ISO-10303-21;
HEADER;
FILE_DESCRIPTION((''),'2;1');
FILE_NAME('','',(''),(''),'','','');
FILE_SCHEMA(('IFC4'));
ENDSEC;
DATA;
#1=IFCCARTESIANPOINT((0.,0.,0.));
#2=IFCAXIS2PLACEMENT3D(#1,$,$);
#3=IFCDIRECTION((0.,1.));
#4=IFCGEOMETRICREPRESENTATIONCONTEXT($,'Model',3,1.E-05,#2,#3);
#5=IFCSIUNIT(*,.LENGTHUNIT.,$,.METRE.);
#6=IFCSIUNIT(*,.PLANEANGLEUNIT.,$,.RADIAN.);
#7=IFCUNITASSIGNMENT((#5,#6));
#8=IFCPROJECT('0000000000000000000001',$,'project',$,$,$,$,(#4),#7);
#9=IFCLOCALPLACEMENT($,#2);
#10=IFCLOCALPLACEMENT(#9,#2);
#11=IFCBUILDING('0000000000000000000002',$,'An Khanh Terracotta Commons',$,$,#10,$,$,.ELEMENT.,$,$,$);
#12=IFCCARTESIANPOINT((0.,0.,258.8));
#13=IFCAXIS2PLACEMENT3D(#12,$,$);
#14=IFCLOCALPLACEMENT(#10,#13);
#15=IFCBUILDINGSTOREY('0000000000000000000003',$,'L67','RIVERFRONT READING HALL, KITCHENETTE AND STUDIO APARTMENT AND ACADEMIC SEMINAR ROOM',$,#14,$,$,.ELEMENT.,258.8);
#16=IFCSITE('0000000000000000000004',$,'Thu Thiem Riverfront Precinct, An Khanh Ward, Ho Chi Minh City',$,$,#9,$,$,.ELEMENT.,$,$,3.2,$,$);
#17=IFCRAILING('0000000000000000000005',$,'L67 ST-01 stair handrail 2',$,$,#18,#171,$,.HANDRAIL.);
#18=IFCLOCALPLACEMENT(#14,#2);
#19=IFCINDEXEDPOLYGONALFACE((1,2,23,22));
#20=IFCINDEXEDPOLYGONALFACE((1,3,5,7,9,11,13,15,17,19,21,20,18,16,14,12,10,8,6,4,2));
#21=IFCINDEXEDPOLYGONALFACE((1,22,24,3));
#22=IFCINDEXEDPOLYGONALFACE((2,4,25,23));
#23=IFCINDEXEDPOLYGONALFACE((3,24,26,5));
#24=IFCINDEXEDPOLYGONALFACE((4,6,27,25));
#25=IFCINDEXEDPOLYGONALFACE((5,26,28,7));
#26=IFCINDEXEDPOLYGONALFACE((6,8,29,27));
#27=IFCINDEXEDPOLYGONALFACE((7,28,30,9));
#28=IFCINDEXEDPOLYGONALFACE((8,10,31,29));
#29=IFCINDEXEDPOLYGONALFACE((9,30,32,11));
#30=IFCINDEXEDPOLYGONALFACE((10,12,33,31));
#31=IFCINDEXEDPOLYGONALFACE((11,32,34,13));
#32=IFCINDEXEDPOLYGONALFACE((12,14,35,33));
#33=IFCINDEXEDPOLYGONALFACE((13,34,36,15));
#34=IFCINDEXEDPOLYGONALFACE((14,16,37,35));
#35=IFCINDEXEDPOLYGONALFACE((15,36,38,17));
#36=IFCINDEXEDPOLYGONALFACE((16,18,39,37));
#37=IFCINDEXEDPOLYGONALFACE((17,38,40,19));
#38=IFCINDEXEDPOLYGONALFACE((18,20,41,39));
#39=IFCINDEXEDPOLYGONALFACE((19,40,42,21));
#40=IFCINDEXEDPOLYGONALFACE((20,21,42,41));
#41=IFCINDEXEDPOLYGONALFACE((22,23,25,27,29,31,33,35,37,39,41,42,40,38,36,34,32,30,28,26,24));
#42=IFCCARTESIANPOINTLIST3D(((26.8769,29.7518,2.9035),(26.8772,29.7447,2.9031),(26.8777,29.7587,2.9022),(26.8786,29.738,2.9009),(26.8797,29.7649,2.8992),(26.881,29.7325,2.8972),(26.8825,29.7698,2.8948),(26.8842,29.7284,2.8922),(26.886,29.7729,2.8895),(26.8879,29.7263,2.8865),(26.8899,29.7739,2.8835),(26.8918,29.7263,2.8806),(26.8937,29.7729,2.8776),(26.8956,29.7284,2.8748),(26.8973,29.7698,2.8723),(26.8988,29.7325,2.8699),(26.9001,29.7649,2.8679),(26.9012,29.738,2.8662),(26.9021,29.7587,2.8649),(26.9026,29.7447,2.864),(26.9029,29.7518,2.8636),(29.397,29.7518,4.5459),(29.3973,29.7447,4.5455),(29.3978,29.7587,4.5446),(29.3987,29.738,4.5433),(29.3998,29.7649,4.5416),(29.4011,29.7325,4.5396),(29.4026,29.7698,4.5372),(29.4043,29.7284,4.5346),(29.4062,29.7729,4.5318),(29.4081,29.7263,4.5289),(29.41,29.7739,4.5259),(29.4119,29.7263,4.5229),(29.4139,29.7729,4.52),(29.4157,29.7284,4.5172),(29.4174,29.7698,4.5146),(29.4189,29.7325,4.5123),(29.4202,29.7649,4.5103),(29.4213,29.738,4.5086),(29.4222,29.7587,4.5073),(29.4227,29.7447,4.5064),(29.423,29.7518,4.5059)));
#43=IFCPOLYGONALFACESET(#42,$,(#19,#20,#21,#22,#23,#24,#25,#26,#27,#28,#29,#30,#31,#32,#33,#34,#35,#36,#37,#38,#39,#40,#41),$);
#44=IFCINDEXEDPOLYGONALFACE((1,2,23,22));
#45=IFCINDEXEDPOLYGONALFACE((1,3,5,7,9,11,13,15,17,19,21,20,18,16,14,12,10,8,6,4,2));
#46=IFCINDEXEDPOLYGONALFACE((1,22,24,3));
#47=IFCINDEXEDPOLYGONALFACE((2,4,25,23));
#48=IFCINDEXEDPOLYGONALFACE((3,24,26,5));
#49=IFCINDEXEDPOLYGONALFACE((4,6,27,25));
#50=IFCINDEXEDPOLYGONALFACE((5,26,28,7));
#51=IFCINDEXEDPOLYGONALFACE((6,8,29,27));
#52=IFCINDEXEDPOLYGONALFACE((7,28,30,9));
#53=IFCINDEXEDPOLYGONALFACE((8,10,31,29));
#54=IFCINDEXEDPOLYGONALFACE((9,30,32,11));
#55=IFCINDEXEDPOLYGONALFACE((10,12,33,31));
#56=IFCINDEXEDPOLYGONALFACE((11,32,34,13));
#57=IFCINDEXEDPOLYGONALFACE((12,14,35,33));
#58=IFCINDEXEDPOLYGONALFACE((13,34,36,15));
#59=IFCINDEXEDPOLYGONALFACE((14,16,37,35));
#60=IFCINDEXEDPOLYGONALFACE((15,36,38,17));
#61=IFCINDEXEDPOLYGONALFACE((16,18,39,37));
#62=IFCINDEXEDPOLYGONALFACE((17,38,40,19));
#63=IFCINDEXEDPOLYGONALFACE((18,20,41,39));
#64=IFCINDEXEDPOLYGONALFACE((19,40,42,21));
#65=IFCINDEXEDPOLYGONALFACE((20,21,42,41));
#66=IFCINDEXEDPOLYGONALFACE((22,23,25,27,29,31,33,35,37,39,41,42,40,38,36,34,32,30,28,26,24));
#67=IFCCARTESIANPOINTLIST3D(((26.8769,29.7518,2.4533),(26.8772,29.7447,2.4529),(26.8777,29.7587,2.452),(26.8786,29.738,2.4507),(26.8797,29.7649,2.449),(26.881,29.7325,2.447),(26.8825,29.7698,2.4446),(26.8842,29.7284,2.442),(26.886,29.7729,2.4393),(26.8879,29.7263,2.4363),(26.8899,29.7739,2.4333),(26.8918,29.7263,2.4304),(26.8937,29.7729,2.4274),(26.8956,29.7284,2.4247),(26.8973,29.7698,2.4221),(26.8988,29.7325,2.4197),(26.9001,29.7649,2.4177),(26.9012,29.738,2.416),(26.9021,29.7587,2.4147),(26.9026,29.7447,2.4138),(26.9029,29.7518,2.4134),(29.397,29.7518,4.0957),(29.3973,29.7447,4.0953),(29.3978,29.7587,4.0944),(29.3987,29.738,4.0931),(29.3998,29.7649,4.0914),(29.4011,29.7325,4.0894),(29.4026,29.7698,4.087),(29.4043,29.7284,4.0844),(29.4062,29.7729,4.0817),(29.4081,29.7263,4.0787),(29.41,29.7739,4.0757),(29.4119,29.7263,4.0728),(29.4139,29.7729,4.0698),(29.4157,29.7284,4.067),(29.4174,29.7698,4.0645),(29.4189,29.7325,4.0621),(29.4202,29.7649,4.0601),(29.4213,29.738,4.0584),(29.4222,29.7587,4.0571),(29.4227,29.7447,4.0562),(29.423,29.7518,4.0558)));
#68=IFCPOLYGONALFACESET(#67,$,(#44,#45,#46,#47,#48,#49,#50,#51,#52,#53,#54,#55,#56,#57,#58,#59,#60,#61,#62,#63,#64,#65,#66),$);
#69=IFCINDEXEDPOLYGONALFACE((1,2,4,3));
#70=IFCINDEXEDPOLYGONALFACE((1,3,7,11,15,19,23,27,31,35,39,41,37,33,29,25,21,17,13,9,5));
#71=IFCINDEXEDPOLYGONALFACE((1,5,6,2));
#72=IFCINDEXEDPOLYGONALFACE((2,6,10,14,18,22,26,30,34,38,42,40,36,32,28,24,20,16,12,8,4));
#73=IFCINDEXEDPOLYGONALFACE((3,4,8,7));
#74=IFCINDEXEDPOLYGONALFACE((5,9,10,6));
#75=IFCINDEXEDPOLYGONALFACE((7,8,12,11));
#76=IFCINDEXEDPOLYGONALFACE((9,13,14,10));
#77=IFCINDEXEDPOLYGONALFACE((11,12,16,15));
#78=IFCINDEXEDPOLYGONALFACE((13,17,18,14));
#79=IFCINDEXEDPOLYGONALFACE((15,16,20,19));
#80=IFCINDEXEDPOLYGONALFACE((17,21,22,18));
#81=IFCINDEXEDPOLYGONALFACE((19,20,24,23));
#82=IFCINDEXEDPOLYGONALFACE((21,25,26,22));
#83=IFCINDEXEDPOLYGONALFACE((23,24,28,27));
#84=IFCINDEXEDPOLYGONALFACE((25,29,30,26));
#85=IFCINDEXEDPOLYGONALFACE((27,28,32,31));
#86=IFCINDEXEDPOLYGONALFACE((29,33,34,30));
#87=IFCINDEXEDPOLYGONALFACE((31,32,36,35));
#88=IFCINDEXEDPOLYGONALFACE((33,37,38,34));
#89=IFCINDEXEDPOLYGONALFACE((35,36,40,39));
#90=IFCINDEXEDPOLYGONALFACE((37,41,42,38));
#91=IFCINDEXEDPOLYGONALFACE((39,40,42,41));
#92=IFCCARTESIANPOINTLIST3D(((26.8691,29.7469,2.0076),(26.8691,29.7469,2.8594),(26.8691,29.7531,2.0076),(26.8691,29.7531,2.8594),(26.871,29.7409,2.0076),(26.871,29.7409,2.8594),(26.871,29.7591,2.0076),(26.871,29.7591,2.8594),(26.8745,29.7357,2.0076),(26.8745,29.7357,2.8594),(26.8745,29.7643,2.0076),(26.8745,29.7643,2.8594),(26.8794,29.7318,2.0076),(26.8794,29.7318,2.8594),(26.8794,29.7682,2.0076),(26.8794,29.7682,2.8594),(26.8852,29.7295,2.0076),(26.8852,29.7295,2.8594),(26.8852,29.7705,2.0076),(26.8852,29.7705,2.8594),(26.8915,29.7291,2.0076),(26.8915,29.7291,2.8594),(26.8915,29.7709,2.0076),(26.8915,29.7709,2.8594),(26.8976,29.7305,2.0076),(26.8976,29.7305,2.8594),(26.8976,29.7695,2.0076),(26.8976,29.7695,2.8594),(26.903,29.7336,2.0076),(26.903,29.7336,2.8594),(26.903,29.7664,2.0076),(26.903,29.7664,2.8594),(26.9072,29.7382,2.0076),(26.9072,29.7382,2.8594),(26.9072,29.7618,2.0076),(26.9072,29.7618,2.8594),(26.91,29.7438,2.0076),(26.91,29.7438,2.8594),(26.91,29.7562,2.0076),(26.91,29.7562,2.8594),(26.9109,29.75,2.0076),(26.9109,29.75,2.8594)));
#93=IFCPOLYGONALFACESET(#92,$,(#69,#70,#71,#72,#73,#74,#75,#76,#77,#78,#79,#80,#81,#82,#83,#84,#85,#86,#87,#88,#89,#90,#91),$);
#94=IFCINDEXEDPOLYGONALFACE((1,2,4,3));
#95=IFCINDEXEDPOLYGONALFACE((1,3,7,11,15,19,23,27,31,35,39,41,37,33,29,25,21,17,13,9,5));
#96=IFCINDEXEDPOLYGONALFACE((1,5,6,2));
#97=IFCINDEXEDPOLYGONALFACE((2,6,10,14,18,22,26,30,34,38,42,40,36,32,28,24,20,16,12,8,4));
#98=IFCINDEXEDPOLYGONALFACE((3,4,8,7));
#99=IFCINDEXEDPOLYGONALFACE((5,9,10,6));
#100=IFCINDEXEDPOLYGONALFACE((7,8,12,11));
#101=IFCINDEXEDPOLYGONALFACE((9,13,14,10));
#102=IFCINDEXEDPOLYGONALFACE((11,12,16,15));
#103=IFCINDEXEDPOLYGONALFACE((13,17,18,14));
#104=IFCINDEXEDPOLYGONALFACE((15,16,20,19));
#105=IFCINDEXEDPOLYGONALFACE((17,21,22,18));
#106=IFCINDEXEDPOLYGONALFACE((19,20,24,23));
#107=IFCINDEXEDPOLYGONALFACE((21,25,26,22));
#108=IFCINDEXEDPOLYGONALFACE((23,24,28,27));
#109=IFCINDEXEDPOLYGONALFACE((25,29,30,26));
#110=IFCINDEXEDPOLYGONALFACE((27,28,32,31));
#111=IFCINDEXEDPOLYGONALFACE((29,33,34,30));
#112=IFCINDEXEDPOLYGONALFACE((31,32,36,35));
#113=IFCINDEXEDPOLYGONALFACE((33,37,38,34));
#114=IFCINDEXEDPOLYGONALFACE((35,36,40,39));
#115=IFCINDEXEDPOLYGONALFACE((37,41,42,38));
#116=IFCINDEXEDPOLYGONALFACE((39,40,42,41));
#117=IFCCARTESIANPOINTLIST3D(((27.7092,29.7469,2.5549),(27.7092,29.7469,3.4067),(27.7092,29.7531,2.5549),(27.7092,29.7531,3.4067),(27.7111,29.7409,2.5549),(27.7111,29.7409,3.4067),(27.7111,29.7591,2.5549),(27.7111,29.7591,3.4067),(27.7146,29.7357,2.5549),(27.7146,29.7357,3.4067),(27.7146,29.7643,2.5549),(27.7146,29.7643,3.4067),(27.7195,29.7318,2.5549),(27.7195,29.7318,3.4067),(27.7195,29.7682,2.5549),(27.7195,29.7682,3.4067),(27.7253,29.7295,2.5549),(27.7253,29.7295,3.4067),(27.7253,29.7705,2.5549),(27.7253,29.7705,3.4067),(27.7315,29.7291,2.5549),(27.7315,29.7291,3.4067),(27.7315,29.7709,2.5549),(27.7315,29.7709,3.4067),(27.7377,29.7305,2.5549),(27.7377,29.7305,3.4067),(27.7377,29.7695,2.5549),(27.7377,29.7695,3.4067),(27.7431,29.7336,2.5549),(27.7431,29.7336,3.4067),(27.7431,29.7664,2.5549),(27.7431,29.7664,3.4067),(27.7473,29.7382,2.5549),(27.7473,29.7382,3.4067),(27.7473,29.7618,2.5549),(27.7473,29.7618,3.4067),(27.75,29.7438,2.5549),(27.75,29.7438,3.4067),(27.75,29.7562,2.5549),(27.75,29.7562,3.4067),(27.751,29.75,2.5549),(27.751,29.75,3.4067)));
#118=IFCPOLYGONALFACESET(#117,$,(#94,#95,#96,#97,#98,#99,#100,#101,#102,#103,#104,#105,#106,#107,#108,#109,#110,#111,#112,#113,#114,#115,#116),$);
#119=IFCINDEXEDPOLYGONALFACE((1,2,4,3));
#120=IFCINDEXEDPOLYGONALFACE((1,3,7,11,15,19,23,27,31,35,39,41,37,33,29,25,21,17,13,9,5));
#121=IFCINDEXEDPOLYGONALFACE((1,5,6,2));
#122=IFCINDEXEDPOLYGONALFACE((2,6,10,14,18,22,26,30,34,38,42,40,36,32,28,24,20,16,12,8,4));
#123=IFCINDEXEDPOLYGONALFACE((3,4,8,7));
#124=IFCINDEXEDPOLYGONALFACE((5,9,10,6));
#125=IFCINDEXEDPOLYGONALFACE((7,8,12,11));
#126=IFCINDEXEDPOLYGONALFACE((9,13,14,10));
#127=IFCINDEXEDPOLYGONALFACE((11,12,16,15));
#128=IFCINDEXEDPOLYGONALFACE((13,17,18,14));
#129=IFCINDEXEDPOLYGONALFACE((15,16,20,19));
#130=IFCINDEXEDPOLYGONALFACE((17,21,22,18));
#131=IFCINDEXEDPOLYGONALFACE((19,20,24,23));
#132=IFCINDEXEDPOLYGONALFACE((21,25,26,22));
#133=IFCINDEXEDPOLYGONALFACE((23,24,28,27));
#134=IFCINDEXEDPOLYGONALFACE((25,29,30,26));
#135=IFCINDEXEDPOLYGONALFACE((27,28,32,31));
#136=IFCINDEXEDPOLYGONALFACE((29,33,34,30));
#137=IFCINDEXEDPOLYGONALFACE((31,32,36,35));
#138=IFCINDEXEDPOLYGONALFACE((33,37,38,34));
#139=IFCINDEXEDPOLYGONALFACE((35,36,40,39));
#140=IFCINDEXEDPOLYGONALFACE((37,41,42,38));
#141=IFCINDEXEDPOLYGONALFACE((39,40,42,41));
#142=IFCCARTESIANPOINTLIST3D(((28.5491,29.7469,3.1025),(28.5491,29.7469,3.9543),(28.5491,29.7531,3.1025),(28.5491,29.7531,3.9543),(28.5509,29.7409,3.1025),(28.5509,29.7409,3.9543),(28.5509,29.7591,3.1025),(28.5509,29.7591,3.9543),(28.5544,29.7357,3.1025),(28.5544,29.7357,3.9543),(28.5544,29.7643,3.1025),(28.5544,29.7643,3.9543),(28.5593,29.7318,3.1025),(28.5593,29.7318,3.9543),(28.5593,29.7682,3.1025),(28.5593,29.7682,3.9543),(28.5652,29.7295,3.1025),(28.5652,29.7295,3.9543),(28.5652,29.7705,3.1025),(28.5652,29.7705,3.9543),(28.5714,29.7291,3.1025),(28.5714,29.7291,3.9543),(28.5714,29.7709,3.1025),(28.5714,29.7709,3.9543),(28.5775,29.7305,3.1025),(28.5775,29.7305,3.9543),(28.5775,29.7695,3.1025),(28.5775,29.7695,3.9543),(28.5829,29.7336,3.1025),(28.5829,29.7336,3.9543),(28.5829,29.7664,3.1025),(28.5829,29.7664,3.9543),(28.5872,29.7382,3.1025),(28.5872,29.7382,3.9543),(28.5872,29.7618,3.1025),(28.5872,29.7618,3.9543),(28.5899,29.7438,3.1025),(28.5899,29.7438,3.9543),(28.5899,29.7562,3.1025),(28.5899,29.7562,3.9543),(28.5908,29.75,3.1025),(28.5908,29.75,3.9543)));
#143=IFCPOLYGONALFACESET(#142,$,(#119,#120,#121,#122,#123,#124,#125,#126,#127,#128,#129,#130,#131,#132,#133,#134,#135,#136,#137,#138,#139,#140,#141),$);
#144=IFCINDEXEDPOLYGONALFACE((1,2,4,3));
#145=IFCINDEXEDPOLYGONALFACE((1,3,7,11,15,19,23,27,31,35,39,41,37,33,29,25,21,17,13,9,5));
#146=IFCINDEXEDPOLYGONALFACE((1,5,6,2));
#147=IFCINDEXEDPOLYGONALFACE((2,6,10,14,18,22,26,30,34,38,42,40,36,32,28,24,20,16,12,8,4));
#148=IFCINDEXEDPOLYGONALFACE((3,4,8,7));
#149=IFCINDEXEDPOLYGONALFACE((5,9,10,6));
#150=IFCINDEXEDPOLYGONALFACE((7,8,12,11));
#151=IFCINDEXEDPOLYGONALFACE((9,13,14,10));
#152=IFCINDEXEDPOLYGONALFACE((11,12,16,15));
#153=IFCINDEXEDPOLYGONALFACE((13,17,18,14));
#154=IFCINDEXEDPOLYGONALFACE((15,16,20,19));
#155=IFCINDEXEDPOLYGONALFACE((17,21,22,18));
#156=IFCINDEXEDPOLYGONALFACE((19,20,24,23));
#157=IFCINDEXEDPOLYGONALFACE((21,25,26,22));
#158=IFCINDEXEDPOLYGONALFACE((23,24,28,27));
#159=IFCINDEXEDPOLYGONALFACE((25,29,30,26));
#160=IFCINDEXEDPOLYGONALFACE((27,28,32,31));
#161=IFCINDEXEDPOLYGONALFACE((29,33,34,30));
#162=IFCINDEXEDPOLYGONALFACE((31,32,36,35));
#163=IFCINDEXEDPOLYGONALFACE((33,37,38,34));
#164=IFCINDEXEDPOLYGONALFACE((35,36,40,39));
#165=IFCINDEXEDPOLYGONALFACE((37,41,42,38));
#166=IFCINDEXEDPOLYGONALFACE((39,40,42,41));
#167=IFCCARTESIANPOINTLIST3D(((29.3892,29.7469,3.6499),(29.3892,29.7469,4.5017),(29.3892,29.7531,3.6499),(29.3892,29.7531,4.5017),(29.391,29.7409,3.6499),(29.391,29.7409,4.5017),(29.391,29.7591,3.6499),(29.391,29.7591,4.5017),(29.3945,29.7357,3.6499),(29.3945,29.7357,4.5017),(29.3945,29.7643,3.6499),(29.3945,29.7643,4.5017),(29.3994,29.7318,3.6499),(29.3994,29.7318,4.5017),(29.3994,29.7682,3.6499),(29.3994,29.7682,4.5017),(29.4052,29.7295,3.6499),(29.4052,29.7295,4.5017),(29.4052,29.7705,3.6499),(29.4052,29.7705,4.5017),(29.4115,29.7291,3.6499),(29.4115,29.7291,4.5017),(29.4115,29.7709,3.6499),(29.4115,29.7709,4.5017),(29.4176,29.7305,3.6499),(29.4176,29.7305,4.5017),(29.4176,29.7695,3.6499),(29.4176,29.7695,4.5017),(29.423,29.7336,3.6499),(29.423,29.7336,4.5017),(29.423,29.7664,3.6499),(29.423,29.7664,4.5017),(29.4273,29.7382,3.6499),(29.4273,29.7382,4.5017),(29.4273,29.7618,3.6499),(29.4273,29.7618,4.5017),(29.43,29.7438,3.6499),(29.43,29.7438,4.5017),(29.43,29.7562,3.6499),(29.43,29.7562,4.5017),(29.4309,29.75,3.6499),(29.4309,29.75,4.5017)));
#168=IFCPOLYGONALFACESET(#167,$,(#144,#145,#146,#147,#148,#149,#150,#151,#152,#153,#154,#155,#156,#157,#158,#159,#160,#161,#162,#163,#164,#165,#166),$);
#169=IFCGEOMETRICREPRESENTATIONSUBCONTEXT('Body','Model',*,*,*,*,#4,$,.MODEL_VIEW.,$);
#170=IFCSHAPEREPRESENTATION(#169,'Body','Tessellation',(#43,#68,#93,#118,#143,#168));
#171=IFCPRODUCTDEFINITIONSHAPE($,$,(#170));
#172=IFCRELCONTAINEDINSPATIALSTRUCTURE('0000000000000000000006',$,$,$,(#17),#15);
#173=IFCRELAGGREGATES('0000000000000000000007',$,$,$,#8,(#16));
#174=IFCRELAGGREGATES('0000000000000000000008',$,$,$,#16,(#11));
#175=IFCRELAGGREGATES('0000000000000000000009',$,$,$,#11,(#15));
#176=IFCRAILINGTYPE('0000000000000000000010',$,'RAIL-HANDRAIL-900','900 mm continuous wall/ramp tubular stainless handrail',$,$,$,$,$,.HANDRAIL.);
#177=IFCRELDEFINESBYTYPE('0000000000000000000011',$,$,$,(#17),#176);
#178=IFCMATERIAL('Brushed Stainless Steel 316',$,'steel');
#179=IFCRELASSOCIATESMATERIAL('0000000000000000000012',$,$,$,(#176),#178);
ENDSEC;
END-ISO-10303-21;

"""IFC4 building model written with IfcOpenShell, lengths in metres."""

from ifc_helpers import new_model, si_unit, direction, frame, origin, origin_2d, place, context, subcontext, project, spatial, circle, extrude, material, type_object, element, save


model = new_model("IFC4")

# Units and contexts
model_context = context("Model", 3, precision=1e-05, world=origin(), true_north=direction((0.0, 1.0)))
body_context = subcontext(model_context, "Body", "Model", "MODEL_VIEW")
ifc_project = project(units=[si_unit("LENGTHUNIT", "METRE"), si_unit("PLANEANGLEUNIT", "RADIAN")], contexts=[model_context])

# Site, building, storey
site_placement = place(None, origin())
site = spatial("IfcSite", under=ifc_project, at=site_placement, Name="Thu Thiem Riverfront Precinct, An Khanh Ward, Ho Chi Minh City", CompositionType="ELEMENT", RefElevation=3.2)
building_placement = place(site_placement, origin())
building = spatial("IfcBuilding", under=site, at=building_placement, Name="An Khanh Terracotta Commons", CompositionType="ELEMENT")
storey_placement = place(building_placement, frame((0.0, 0.0, 258.8)))
storey = spatial("IfcBuildingStorey", under=building, at=storey_placement, Name="L67", Description="RIVERFRONT READING HALL, KITCHENETTE AND STUDIO APARTMENT AND ACADEMIC SEMINAR ROOM", CompositionType="ELEMENT", Elevation=258.8)

# Railing
ifc_material_1 = material(Name="Brushed Stainless Steel 316", Category="steel")
railing_type_1 = type_object("IfcRailingType", Name="RAIL-HANDRAIL-900", Description="900 mm continuous wall/ramp tubular stainless handrail", PredefinedType="HANDRAIL", material=ifc_material_1)
railing_1_placement = place(storey_placement, frame((26.8899, 29.75, 2.0076)))
element("IfcRailing", 1, at=railing_1_placement, inside=storey, type_object=railing_type_1, Name="L67 ST-01 stair handrail 2", PredefinedType="HANDRAIL", context=body_context, shape_type="SweptSolid", body=[
    extrude(circle(Radius=0.0239, at=origin_2d()), frame((0.0, 0.0, 0.876), z_axis=(0.837787, 0.0, 0.545998), x_axis=(0.0, 1.0, 0.0)), (0.0, 0.0, 1.0), 3.0081),
    extrude(circle(Radius=0.0239, at=origin_2d()), frame((0.0, 0.0, 0.4258), z_axis=(0.837787, 0.0, 0.545998), x_axis=(0.0, 1.0, 0.0)), (0.0, 0.0, 1.0), 3.0081),
    extrude(circle(Radius=0.021, at=origin_2d()), origin(), (0.0, 0.0, 1.0), 0.8518),
    extrude(circle(Radius=0.021, at=origin_2d()), frame((0.8401, 0.0, 0.5474)), (0.0, 0.0, 1.0), 0.8518),
    extrude(circle(Radius=0.021, at=origin_2d()), frame((1.6799, 0.0, 1.095)), (0.0, 0.0, 1.0), 0.8518),
    extrude(circle(Radius=0.021, at=origin_2d()), frame((2.52, 0.0, 1.6423)), (0.0, 0.0, 1.0), 0.8518),
])

save(model, "model.ifc")
